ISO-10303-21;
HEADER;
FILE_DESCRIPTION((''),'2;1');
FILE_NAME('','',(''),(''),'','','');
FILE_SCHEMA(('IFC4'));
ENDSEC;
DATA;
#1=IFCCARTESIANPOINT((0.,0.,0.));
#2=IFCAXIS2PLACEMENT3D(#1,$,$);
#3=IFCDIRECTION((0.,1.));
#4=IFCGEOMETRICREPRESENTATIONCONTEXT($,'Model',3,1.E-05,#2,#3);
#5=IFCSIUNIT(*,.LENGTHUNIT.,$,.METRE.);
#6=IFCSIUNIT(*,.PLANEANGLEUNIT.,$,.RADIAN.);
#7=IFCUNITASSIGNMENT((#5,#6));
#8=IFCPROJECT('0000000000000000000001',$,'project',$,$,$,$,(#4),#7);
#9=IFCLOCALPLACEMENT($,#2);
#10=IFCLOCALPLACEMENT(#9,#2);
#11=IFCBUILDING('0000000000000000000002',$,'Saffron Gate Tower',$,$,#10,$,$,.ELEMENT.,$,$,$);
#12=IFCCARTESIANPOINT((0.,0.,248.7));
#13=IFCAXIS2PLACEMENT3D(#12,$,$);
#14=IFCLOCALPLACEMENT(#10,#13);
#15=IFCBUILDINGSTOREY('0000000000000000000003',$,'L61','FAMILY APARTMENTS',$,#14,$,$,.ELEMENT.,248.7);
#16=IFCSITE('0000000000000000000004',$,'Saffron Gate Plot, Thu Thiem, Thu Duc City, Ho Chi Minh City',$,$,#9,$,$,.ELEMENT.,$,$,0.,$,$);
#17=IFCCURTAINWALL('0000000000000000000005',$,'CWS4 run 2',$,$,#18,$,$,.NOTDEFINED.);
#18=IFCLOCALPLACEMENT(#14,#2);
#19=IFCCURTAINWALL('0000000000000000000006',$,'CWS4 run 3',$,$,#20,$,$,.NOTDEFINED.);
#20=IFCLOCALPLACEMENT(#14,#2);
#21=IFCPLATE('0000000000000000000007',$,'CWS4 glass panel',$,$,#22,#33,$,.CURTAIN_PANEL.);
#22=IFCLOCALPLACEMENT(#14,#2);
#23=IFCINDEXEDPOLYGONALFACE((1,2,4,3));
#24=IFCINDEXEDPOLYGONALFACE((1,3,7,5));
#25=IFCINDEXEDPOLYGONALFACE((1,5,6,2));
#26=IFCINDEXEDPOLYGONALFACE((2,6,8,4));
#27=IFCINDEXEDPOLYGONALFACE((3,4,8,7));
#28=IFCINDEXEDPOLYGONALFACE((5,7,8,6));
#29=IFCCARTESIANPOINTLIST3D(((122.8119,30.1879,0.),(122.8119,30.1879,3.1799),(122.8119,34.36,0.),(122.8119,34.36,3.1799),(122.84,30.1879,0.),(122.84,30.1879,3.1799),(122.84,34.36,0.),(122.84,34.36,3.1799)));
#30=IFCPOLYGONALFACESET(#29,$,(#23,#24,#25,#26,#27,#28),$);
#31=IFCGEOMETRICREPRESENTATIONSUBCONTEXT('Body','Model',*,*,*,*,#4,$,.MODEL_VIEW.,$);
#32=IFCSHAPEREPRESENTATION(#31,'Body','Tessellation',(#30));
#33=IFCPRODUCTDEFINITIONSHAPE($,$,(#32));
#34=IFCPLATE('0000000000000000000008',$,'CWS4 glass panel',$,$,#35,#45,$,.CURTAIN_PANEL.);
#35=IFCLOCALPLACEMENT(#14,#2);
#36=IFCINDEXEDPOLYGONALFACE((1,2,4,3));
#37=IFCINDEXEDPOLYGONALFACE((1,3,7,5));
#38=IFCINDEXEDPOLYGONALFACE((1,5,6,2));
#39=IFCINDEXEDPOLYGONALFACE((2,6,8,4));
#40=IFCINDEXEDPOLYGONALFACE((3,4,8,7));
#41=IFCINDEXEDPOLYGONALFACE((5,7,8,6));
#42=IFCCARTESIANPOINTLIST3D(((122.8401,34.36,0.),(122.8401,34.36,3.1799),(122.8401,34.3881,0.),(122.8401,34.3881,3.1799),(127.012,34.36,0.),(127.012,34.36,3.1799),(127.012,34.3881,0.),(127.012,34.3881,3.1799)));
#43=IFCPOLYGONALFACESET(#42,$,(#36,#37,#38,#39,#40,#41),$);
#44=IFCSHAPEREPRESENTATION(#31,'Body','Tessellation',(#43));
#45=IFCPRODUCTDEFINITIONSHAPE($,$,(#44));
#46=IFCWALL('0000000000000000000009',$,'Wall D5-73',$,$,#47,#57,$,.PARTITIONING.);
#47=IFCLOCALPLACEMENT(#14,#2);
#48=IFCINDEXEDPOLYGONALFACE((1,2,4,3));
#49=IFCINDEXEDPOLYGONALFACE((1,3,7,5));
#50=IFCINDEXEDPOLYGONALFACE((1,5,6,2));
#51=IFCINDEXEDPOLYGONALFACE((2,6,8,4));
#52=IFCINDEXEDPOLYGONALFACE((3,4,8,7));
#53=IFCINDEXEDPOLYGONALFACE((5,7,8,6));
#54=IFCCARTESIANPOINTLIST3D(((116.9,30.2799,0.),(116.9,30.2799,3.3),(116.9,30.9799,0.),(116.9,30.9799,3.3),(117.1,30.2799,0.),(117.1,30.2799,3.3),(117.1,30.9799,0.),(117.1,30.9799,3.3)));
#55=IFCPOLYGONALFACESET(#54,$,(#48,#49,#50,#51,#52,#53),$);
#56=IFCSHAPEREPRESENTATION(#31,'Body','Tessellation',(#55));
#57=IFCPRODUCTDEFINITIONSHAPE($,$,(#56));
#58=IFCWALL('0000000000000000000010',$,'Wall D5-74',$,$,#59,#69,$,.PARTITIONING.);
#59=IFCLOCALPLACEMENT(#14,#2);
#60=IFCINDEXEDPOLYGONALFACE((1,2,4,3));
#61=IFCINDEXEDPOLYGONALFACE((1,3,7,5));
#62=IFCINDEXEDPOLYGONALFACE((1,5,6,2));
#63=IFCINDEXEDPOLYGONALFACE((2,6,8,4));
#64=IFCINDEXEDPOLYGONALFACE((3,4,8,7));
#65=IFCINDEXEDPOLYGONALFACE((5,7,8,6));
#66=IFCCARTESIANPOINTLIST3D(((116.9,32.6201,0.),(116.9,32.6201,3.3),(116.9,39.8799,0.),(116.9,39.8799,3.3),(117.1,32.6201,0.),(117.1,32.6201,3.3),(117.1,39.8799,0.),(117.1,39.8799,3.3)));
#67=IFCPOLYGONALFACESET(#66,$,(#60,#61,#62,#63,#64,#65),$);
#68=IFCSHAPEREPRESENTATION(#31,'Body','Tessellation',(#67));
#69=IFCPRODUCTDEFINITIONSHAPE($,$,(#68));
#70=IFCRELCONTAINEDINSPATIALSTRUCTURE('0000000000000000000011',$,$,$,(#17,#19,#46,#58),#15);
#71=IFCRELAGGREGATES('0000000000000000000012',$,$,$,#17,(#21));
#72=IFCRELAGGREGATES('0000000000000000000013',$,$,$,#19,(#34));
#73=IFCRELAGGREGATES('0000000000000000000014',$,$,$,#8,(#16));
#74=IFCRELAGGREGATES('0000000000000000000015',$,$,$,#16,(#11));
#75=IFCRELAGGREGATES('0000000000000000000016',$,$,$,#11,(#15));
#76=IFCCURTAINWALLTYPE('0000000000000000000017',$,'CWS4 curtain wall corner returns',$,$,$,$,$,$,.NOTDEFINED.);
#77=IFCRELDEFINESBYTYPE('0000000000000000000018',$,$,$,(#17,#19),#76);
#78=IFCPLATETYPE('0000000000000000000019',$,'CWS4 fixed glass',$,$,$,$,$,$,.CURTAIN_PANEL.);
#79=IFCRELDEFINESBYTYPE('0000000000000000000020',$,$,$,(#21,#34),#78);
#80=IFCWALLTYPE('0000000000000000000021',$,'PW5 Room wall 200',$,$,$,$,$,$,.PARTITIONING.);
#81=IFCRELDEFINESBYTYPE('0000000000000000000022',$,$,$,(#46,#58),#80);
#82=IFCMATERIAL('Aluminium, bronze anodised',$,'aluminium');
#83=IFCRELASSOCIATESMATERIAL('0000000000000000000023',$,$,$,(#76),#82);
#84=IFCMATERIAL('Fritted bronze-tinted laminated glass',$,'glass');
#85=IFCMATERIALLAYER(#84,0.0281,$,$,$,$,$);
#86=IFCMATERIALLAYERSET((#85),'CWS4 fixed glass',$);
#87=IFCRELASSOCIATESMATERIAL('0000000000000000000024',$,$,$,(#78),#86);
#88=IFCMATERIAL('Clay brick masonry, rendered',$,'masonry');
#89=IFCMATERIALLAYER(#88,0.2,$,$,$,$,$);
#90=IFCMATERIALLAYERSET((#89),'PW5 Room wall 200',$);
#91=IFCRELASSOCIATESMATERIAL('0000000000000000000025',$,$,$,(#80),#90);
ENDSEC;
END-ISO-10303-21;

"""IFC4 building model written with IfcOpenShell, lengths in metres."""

from ifc_helpers import new_model, si_unit, direction, frame, frame_2d, origin, place, context, subcontext, project, spatial, rectangle, extrude, material, layer, layer_set, type_object, element, aggregate, save


model = new_model("IFC4")

# Units and contexts
model_context = context("Model", 3, precision=1e-05, world=origin(), true_north=direction((0.0, 1.0)))
body_context = subcontext(model_context, "Body", "Model", "MODEL_VIEW")
ifc_project = project(units=[si_unit("LENGTHUNIT", "METRE"), si_unit("PLANEANGLEUNIT", "RADIAN")], contexts=[model_context])

# Site, building, storey
site_placement = place(None, origin())
site = spatial("IfcSite", under=ifc_project, at=site_placement, Name="Saffron Gate Plot, Thu Thiem, Thu Duc City, Ho Chi Minh City", CompositionType="ELEMENT", RefElevation=0.0)
building_placement = place(site_placement, origin())
building = spatial("IfcBuilding", under=site, at=building_placement, Name="Saffron Gate Tower", CompositionType="ELEMENT")
storey_placement = place(building_placement, frame((0.0, 0.0, 248.7)))
storey = spatial("IfcBuildingStorey", under=building, at=storey_placement, Name="L61", Description="FAMILY APARTMENTS", CompositionType="ELEMENT", Elevation=248.7)

# Shared definitions
ifc_material_1 = material(Name="Aluminium, bronze anodised", Category="aluminium")

# Curtain walls
curtain_wall_type_1 = type_object("IfcCurtainWallType", Name="CWS4 curtain wall corner returns", PredefinedType="NOTDEFINED", material=ifc_material_1)
curtain_wall_1_placement = place(storey_placement, origin())
curtain_wall_1 = element("IfcCurtainWall", 1, at=curtain_wall_1_placement, inside=storey, type_object=curtain_wall_type_1, Name="CWS4 run 2", PredefinedType="NOTDEFINED")
curtain_wall_2_placement = place(storey_placement, origin())
curtain_wall_2 = element("IfcCurtainWall", 2, at=curtain_wall_2_placement, inside=storey, type_object=curtain_wall_type_1, Name="CWS4 run 3", PredefinedType="NOTDEFINED")

# Shared definitions
ifc_material_2 = material(Name="Fritted bronze-tinted laminated glass", Category="glass")

# Plates
ifc_layer_1 = layer(ifc_material_2, 0.0281)
ifc_layer_set_1 = layer_set([ifc_layer_1], Name="CWS4 fixed glass")
plate_type_1 = type_object("IfcPlateType", Name="CWS4 fixed glass", PredefinedType="CURTAIN_PANEL", material=ifc_layer_set_1)
plate_1_placement = place(storey_placement, frame((122.8259, 30.188, 0.0), z_axis=(0.0, 0.0, 1.0), x_axis=(0.0, 1.0, 0.0)))
plate_1 = element("IfcPlate", 3, at=plate_1_placement, type_object=plate_type_1, Name="CWS4 glass panel", PredefinedType="CURTAIN_PANEL", context=body_context, shape_type="SweptSolid", body=[
    extrude(rectangle(XDim=4.1721, YDim=0.0281, at=frame_2d((2.0859, 0.0))), origin(), (0.0, 0.0, 1.0), 3.1799),
])
aggregate(curtain_wall_1, [plate_1])
plate_2_placement = place(storey_placement, frame((122.8401, 34.374, 0.0), z_axis=(0.0, 0.0, 1.0), x_axis=(1.0, 0.0, 0.0)))
plate_2 = element("IfcPlate", 4, at=plate_2_placement, type_object=plate_type_1, Name="CWS4 glass panel", PredefinedType="CURTAIN_PANEL", context=body_context, shape_type="SweptSolid", body=[
    extrude(rectangle(XDim=4.1719, YDim=0.0281, at=frame_2d((2.0859, 0.0))), origin(), (0.0, 0.0, 1.0), 3.1799),
])
aggregate(curtain_wall_2, [plate_2])

# Walls
ifc_material_3 = material(Name="Clay brick masonry, rendered", Category="masonry")
ifc_layer_2 = layer(ifc_material_3, 0.2)
ifc_layer_set_2 = layer_set([ifc_layer_2], Name="PW5 Room wall 200")
wall_type = type_object("IfcWallType", Name="PW5 Room wall 200", PredefinedType="PARTITIONING", material=ifc_layer_set_2)
wall_1_placement = place(storey_placement, frame((117.0, 30.98, 0.0), z_axis=(0.0, 0.0, 1.0), x_axis=(0.0, -1.0, 0.0)))
element("IfcWall", 5, at=wall_1_placement, inside=storey, type_object=wall_type, Name="Wall D5-73", PredefinedType="PARTITIONING", context=body_context, shape_type="SweptSolid", body=[
    extrude(rectangle(XDim=0.7, YDim=0.2, at=frame_2d((0.3501, 0.0))), origin(), (0.0, 0.0, 1.0), 3.3),
])
wall_2_placement = place(storey_placement, frame((117.0, 39.8799, 0.0), z_axis=(0.0, 0.0, 1.0), x_axis=(0.0, -1.0, 0.0)))
element("IfcWall", 6, at=wall_2_placement, inside=storey, type_object=wall_type, Name="Wall D5-74", PredefinedType="PARTITIONING", context=body_context, shape_type="SweptSolid", body=[
    extrude(rectangle(XDim=7.2598, YDim=0.2, at=frame_2d((3.6299, 0.0))), origin(), (0.0, 0.0, 1.0), 3.3),
])

save(model, "model.ifc")
